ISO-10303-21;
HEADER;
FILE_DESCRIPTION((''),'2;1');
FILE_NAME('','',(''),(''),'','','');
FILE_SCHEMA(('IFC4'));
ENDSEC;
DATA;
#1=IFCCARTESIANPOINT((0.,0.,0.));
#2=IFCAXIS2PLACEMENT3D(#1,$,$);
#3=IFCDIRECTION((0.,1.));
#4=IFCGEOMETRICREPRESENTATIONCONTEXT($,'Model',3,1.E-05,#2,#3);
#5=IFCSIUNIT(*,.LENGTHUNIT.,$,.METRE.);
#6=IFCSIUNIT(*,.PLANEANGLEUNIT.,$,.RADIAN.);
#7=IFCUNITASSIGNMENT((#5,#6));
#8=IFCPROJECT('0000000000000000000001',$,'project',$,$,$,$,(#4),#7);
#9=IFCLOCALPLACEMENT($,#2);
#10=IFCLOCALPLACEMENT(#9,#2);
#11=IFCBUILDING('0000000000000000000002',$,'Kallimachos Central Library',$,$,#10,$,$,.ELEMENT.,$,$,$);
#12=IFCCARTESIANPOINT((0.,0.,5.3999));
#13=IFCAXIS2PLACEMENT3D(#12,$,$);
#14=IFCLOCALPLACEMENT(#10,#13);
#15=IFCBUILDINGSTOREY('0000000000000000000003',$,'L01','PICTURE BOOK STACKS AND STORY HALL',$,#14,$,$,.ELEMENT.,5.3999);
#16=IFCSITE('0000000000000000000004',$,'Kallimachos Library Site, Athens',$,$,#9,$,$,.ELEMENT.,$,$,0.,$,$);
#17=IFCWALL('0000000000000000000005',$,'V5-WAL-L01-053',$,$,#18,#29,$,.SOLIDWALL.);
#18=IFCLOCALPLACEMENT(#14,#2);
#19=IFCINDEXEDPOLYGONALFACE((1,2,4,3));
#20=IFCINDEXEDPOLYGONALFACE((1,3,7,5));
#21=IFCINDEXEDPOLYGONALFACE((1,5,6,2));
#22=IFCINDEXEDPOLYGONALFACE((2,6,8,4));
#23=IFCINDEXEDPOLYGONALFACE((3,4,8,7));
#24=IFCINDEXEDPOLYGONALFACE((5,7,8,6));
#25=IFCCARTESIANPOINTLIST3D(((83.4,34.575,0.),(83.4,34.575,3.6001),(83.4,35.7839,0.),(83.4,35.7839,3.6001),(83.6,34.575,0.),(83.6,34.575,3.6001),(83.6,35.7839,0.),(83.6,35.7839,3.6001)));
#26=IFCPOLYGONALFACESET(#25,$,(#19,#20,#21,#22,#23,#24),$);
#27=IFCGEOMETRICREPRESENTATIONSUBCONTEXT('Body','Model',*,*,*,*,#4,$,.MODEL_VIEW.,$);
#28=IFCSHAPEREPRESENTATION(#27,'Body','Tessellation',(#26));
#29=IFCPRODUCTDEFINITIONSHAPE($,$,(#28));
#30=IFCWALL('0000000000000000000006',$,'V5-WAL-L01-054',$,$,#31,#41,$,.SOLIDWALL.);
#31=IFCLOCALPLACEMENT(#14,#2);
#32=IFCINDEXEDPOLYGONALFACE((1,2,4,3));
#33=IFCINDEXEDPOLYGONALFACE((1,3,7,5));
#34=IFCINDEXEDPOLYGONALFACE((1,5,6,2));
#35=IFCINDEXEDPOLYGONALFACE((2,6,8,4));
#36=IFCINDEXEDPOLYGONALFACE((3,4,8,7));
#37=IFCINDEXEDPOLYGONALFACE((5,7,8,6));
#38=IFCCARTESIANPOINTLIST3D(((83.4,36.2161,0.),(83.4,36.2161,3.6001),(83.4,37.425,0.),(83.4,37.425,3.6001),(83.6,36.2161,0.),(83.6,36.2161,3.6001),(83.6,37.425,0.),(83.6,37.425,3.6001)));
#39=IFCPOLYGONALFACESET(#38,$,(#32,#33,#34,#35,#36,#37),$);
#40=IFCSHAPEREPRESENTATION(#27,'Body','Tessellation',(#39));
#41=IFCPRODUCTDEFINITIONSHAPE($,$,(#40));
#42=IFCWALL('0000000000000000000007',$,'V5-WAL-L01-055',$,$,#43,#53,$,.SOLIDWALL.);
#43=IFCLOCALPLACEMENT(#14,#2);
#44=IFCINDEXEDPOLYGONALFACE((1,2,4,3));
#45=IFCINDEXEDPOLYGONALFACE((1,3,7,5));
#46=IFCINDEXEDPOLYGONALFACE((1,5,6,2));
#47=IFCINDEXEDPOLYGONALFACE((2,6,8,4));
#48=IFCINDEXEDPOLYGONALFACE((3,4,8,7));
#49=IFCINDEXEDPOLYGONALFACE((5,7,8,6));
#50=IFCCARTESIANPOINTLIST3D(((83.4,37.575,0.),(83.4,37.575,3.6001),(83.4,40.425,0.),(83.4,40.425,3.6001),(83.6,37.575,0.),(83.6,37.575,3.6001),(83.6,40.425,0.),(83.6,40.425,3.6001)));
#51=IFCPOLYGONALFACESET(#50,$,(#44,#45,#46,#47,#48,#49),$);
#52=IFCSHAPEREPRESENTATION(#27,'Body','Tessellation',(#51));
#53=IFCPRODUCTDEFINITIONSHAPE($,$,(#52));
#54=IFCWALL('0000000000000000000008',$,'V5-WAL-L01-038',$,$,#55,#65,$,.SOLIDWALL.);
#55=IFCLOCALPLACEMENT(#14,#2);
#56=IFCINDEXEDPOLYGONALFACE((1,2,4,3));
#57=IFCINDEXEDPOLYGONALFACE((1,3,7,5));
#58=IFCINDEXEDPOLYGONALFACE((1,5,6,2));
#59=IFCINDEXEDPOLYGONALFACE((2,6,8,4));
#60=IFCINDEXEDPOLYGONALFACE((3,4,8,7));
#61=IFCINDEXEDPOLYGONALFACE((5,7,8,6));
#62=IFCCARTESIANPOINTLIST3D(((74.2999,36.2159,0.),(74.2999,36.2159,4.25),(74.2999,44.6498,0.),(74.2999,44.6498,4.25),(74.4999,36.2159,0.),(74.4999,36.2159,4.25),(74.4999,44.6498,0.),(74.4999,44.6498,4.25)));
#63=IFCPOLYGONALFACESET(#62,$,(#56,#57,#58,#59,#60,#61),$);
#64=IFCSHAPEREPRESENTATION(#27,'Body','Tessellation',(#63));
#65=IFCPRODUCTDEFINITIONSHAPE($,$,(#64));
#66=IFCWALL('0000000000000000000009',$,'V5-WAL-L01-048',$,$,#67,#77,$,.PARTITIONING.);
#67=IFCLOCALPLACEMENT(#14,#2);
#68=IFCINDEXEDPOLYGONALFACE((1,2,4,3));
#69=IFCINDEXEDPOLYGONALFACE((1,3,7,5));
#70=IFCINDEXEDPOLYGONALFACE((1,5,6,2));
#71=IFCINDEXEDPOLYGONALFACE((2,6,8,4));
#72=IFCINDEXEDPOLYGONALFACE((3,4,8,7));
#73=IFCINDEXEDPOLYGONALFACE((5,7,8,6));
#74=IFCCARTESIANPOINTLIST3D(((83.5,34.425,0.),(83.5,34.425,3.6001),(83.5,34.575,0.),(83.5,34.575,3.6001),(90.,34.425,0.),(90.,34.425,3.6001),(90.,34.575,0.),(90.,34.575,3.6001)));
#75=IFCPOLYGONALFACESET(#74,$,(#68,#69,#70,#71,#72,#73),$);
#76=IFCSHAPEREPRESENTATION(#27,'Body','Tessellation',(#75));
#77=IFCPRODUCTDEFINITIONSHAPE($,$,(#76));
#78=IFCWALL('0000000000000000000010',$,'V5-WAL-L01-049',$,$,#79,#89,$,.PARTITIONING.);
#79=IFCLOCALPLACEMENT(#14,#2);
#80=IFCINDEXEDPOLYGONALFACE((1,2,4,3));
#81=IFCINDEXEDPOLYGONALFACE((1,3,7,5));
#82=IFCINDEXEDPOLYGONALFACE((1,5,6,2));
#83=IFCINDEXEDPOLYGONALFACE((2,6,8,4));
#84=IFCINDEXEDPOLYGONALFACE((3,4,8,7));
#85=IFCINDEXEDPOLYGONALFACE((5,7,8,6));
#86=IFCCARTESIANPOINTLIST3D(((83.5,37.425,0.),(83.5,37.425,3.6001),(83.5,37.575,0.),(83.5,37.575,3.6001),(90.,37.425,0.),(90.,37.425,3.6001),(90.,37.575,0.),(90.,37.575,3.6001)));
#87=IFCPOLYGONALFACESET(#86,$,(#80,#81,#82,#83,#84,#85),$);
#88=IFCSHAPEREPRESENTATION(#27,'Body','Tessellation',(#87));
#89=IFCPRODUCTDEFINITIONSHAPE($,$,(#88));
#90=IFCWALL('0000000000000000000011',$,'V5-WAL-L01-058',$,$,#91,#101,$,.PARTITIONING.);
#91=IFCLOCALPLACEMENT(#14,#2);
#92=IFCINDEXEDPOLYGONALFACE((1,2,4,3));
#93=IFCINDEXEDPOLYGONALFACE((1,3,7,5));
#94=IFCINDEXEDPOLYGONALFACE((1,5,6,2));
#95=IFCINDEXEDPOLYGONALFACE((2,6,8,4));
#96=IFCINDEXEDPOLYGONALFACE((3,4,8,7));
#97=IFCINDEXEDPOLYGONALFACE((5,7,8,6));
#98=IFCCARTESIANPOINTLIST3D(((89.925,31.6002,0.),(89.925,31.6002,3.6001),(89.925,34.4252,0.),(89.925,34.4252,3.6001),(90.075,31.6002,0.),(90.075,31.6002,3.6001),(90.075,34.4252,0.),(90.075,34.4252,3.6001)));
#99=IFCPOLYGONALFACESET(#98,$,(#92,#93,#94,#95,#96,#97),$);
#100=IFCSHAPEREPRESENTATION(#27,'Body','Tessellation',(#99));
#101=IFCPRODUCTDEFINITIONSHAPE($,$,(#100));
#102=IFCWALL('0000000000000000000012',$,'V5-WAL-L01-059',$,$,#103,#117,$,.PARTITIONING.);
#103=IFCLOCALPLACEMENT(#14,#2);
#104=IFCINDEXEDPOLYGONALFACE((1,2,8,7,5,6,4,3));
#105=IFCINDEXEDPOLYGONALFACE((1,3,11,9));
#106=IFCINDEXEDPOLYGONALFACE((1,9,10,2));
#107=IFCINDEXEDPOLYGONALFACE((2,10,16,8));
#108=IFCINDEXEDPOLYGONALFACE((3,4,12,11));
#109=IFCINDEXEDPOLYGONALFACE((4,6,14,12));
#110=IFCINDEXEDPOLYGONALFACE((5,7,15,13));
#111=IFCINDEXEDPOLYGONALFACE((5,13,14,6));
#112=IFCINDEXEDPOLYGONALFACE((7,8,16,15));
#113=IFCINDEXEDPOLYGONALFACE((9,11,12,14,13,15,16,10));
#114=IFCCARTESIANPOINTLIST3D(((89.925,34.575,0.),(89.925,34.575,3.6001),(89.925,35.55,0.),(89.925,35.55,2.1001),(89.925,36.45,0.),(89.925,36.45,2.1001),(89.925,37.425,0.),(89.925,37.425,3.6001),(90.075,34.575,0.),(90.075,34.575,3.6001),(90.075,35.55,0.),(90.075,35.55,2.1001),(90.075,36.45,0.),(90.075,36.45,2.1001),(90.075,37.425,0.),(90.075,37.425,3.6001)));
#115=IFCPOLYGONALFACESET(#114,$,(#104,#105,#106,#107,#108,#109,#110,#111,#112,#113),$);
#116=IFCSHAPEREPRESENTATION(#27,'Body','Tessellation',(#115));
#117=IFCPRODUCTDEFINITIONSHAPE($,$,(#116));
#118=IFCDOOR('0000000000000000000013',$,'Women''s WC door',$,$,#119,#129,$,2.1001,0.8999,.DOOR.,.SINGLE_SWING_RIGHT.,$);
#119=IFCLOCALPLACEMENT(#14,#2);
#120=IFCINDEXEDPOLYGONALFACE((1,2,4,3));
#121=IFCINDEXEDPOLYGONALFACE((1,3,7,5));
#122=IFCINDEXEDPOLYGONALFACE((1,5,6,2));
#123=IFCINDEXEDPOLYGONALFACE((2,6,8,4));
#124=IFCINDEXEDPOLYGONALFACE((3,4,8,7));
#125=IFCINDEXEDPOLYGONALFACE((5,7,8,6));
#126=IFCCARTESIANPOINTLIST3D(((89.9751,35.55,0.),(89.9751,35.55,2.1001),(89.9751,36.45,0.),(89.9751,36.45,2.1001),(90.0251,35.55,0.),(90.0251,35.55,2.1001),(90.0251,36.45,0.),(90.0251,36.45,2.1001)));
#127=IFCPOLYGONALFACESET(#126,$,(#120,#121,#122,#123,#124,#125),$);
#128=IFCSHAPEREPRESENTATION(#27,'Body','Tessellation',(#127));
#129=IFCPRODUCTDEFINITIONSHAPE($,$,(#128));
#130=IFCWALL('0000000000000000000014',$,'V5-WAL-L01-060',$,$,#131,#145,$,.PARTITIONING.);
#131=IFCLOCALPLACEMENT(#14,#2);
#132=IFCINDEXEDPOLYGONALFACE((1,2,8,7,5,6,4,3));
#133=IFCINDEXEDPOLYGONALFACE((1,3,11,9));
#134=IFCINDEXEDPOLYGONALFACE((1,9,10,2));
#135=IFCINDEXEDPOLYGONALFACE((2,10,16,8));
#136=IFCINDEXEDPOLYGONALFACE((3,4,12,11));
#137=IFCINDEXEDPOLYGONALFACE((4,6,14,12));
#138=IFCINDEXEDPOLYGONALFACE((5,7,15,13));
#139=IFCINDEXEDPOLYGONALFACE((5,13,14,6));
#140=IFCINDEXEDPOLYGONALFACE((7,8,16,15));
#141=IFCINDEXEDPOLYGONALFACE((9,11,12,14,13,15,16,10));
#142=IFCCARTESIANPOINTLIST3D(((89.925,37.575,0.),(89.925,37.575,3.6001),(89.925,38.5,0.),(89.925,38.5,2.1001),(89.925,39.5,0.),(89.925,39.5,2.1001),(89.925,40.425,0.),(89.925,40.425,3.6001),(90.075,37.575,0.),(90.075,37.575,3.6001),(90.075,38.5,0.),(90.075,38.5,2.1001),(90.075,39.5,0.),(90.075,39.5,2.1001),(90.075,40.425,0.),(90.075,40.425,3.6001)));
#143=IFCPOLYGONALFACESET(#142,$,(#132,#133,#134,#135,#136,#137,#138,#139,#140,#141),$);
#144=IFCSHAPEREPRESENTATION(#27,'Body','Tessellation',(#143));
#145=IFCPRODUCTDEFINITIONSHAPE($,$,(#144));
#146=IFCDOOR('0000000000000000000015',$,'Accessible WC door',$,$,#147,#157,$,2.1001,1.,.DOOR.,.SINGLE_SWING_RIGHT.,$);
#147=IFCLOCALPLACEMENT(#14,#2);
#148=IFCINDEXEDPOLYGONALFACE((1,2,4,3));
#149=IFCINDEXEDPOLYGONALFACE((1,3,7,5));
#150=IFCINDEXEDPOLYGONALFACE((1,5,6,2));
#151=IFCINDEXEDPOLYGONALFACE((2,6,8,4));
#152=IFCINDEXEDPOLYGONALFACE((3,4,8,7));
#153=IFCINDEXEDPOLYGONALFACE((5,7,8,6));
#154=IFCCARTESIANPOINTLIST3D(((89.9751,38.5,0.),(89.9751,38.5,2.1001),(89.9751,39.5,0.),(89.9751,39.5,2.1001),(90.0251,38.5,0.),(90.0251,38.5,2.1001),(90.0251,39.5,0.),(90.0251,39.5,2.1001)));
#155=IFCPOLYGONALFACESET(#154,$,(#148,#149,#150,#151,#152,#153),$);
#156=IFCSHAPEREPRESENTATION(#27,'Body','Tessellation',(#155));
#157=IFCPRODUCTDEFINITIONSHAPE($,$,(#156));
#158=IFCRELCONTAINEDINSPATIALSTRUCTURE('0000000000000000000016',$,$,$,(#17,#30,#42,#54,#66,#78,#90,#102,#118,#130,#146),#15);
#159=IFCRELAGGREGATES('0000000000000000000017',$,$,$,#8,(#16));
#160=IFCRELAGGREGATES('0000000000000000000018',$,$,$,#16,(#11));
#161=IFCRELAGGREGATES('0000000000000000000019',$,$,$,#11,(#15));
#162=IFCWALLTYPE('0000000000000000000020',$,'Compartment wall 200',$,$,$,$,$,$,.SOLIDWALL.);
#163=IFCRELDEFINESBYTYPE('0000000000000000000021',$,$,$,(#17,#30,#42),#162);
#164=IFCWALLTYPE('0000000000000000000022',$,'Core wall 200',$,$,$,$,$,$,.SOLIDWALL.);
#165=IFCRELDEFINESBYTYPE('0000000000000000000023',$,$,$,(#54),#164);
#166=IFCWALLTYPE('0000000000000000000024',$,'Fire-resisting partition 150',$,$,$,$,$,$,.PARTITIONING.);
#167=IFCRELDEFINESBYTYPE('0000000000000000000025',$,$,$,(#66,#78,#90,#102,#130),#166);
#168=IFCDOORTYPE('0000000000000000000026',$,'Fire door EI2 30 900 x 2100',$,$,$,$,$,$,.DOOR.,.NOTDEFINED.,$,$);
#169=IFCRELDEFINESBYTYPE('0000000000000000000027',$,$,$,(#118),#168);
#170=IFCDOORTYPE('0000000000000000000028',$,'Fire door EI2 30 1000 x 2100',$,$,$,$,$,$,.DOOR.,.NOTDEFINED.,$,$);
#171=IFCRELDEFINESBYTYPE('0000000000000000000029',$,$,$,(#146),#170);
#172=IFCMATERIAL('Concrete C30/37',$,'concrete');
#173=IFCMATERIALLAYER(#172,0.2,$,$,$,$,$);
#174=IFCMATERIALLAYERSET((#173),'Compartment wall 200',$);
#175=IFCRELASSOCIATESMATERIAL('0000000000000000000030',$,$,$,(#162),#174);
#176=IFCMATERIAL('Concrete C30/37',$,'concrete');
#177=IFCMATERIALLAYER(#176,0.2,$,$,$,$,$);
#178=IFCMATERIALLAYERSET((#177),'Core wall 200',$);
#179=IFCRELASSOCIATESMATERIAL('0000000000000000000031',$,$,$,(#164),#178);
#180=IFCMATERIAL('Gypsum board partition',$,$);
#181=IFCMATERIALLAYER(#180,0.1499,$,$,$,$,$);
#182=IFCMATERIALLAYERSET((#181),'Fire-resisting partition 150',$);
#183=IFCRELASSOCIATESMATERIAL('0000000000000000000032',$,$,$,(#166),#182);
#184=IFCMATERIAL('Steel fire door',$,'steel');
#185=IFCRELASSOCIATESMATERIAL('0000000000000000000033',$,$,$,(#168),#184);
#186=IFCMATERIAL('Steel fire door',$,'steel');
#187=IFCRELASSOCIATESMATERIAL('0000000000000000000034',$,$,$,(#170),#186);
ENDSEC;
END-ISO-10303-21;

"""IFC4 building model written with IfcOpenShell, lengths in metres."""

from ifc_helpers import new_model, si_unit, direction, frame, frame_2d, origin, place, context, subcontext, project, spatial, rectangle, extrude, material, layer, layer_set, type_object, element, fill, save


model = new_model("IFC4")

# Units and contexts
model_context = context("Model", 3, precision=1e-05, world=origin(), true_north=direction((0.0, 1.0)))
body_context = subcontext(model_context, "Body", "Model", "MODEL_VIEW")
ifc_project = project(units=[si_unit("LENGTHUNIT", "METRE"), si_unit("PLANEANGLEUNIT", "RADIAN")], contexts=[model_context])

# Site, building, storey
site_placement = place(None, origin())
site = spatial("IfcSite", under=ifc_project, at=site_placement, Name="Kallimachos Library Site, Athens", CompositionType="ELEMENT", RefElevation=0.0)
building_placement = place(site_placement, origin())
building = spatial("IfcBuilding", under=site, at=building_placement, Name="Kallimachos Central Library", CompositionType="ELEMENT")
storey_placement = place(building_placement, frame((0.0, 0.0, 5.3999)))
storey = spatial("IfcBuildingStorey", under=building, at=storey_placement, Name="L01", Description="PICTURE BOOK STACKS AND STORY HALL", CompositionType="ELEMENT", Elevation=5.3999)

# Shared definitions
ifc_material_1 = material(Name="Concrete C30/37", Category="concrete")
ifc_layer_1 = layer(ifc_material_1, 0.2)
ifc_layer_set_1 = layer_set([ifc_layer_1], Name="Compartment wall 200")
wall_type_1 = type_object("IfcWallType", Name="Compartment wall 200", PredefinedType="SOLIDWALL", material=ifc_layer_set_1)

# Walls
for number, where, z_axis, x_axis, name in (
    (1, (83.5, 34.575, 0.0), (0.0, 0.0, 1.0), (0.0, 1.0, 0.0), "V5-WAL-L01-053"),
    (2, (83.5, 36.2161, 0.0), (0.0, 0.0, 1.0), (0.0, 1.0, 0.0), "V5-WAL-L01-054"),
):
    element("IfcWall", number, at=place(storey_placement, frame(where, z_axis=z_axis, x_axis=x_axis)), inside=storey, type_object=wall_type_1, Name=name, PredefinedType="SOLIDWALL", context=body_context, shape_type="SweptSolid", body=[
        extrude(rectangle(XDim=1.209, YDim=0.2, at=frame_2d((0.6045, 0.0))), origin(), (0.0, 0.0, 1.0), 3.6001),
    ])
wall_1_placement = place(storey_placement, frame((83.5, 37.575, 0.0), z_axis=(0.0, 0.0, 1.0), x_axis=(0.0, 1.0, 0.0)))
element("IfcWall", 3, at=wall_1_placement, inside=storey, type_object=wall_type_1, Name="V5-WAL-L01-055", PredefinedType="SOLIDWALL", context=body_context, shape_type="SweptSolid", body=[
    extrude(rectangle(XDim=2.8501, YDim=0.2, at=frame_2d((1.425, 0.0))), origin(), (0.0, 0.0, 1.0), 3.6001),
])
ifc_material_2 = material(Name="Concrete C30/37", Category="concrete")
ifc_layer_2 = layer(ifc_material_2, 0.2)
ifc_layer_set_2 = layer_set([ifc_layer_2], Name="Core wall 200")
wall_type_2 = type_object("IfcWallType", Name="Core wall 200", PredefinedType="SOLIDWALL", material=ifc_layer_set_2)
wall_2_placement = place(storey_placement, frame((74.3999, 36.2161, 0.0), z_axis=(0.0, 0.0, 1.0), x_axis=(0.0, 1.0, 0.0)))
element("IfcWall", 4, at=wall_2_placement, inside=storey, type_object=wall_type_2, Name="V5-WAL-L01-038", PredefinedType="SOLIDWALL", context=body_context, shape_type="SweptSolid", body=[
    extrude(rectangle(XDim=8.4338, YDim=0.2, at=frame_2d((4.2168, 0.0))), origin(), (0.0, 0.0, 1.0), 4.25),
])
ifc_material_3 = material(Name="Gypsum board partition")
ifc_layer_3 = layer(ifc_material_3, 0.1499)
ifc_layer_set_3 = layer_set([ifc_layer_3], Name="Fire-resisting partition 150")
wall_type_3 = type_object("IfcWallType", Name="Fire-resisting partition 150", PredefinedType="PARTITIONING", material=ifc_layer_set_3)
for number, where, z_axis, x_axis, name in (
    (5, (83.5, 34.5, 0.0), (0.0, 0.0, 1.0), (1.0, 0.0, 0.0), "V5-WAL-L01-048"),
    (6, (83.5, 37.5, 0.0), (0.0, 0.0, 1.0), (1.0, 0.0, 0.0), "V5-WAL-L01-049"),
):
    element("IfcWall", number, at=place(storey_placement, frame(where, z_axis=z_axis, x_axis=x_axis)), inside=storey, type_object=wall_type_3, Name=name, PredefinedType="PARTITIONING", context=body_context, shape_type="SweptSolid", body=[
        extrude(rectangle(XDim=6.5, YDim=0.1499, at=frame_2d((3.25, 0.0))), origin(), (0.0, 0.0, 1.0), 3.6001),
    ])
wall_3_placement = place(storey_placement, frame((90.0, 31.6001, 0.0), z_axis=(0.0, 0.0, 1.0), x_axis=(0.0, 1.0, 0.0)))
element("IfcWall", 7, at=wall_3_placement, inside=storey, type_object=wall_type_3, Name="V5-WAL-L01-058", PredefinedType="PARTITIONING", context=body_context, shape_type="SweptSolid", body=[
    extrude(rectangle(XDim=2.825, YDim=0.1499, at=frame_2d((1.4126, 0.0))), origin(), (0.0, 0.0, 1.0), 3.6001),
])

# Walls, openings, doors
wall_4_placement = place(storey_placement, frame((90.0, 34.575, 0.0), z_axis=(0.0, 0.0, 1.0), x_axis=(0.0, 1.0, 0.0)))
wall_4 = element("IfcWall", 8, at=wall_4_placement, inside=storey, type_object=wall_type_3, Name="V5-WAL-L01-059", PredefinedType="PARTITIONING", context=body_context, shape_type="SweptSolid", body=[
    extrude(rectangle(XDim=2.8501, YDim=0.1499, at=frame_2d((1.425, 0.0))), origin(), (0.0, 0.0, 1.0), 3.6001),
])
opening_1_placement = place(wall_4_placement, frame((0.9751, 0.0, 0.0)))
opening_1 = element("IfcOpeningElement", 9, at=opening_1_placement, cuts=wall_4, PredefinedType="OPENING", context=body_context, shape_type="SweptSolid", body=[
    extrude(rectangle(XDim=0.8999, YDim=2.1001, at=frame_2d((0.45, 1.05))), frame((0.0, 0.085, 0.0), z_axis=(0.0, -1.0, 0.0), x_axis=(1.0, 0.0, 0.0)), (0.0, 0.0, 1.0), 0.1699),
])
ifc_material_4 = material(Name="Steel fire door", Category="steel")
door_type_1 = type_object("IfcDoorType", Name="Fire door EI2 30 900 x 2100", OperationType="NOTDEFINED", PredefinedType="DOOR", material=ifc_material_4)
door_1_placement = place(opening_1_placement, origin())
door_1 = element("IfcDoor", 10, at=door_1_placement, inside=storey, type_object=door_type_1, Name="Women's WC door", OperationType="SINGLE_SWING_RIGHT", OverallHeight=2.1001, OverallWidth=0.8999, PredefinedType="DOOR", context=body_context, shape_type="SweptSolid", body=[
    extrude(rectangle(XDim=0.8999, YDim=2.1001, at=frame_2d((0.45, 1.05))), frame((0.0, 0.0249, 0.0), z_axis=(0.0, -1.0, 0.0), x_axis=(1.0, 0.0, 0.0)), (0.0, 0.0, 1.0), 0.05),
])
fill(opening_1, door_1)
wall_5_placement = place(storey_placement, frame((90.0, 37.575, 0.0), z_axis=(0.0, 0.0, 1.0), x_axis=(0.0, 1.0, 0.0)))
wall_5 = element("IfcWall", 11, at=wall_5_placement, inside=storey, type_object=wall_type_3, Name="V5-WAL-L01-060", PredefinedType="PARTITIONING", context=body_context, shape_type="SweptSolid", body=[
    extrude(rectangle(XDim=2.8501, YDim=0.1499, at=frame_2d((1.425, 0.0))), origin(), (0.0, 0.0, 1.0), 3.6001),
])
opening_2_placement = place(wall_5_placement, frame((0.925, 0.0, 0.0)))
opening_2 = element("IfcOpeningElement", 12, at=opening_2_placement, cuts=wall_5, PredefinedType="OPENING", context=body_context, shape_type="SweptSolid", body=[
    extrude(rectangle(XDim=1.0, YDim=2.1001, at=frame_2d((0.5, 1.05))), frame((0.0, 0.085, 0.0), z_axis=(0.0, -1.0, 0.0), x_axis=(1.0, 0.0, 0.0)), (0.0, 0.0, 1.0), 0.1699),
])
ifc_material_5 = material(Name="Steel fire door", Category="steel")
door_type_2 = type_object("IfcDoorType", Name="Fire door EI2 30 1000 x 2100", OperationType="NOTDEFINED", PredefinedType="DOOR", material=ifc_material_5)
door_2_placement = place(opening_2_placement, origin())
door_2 = element("IfcDoor", 13, at=door_2_placement, inside=storey, type_object=door_type_2, Name="Accessible WC door", OperationType="SINGLE_SWING_RIGHT", OverallHeight=2.1001, OverallWidth=1.0, PredefinedType="DOOR", context=body_context, shape_type="SweptSolid", body=[
    extrude(rectangle(XDim=1.0, YDim=2.1001, at=frame_2d((0.5, 1.05))), frame((0.0, 0.0249, 0.0), z_axis=(0.0, -1.0, 0.0), x_axis=(1.0, 0.0, 0.0)), (0.0, 0.0, 1.0), 0.05),
])
fill(opening_2, door_2)

save(model, "model.ifc")
